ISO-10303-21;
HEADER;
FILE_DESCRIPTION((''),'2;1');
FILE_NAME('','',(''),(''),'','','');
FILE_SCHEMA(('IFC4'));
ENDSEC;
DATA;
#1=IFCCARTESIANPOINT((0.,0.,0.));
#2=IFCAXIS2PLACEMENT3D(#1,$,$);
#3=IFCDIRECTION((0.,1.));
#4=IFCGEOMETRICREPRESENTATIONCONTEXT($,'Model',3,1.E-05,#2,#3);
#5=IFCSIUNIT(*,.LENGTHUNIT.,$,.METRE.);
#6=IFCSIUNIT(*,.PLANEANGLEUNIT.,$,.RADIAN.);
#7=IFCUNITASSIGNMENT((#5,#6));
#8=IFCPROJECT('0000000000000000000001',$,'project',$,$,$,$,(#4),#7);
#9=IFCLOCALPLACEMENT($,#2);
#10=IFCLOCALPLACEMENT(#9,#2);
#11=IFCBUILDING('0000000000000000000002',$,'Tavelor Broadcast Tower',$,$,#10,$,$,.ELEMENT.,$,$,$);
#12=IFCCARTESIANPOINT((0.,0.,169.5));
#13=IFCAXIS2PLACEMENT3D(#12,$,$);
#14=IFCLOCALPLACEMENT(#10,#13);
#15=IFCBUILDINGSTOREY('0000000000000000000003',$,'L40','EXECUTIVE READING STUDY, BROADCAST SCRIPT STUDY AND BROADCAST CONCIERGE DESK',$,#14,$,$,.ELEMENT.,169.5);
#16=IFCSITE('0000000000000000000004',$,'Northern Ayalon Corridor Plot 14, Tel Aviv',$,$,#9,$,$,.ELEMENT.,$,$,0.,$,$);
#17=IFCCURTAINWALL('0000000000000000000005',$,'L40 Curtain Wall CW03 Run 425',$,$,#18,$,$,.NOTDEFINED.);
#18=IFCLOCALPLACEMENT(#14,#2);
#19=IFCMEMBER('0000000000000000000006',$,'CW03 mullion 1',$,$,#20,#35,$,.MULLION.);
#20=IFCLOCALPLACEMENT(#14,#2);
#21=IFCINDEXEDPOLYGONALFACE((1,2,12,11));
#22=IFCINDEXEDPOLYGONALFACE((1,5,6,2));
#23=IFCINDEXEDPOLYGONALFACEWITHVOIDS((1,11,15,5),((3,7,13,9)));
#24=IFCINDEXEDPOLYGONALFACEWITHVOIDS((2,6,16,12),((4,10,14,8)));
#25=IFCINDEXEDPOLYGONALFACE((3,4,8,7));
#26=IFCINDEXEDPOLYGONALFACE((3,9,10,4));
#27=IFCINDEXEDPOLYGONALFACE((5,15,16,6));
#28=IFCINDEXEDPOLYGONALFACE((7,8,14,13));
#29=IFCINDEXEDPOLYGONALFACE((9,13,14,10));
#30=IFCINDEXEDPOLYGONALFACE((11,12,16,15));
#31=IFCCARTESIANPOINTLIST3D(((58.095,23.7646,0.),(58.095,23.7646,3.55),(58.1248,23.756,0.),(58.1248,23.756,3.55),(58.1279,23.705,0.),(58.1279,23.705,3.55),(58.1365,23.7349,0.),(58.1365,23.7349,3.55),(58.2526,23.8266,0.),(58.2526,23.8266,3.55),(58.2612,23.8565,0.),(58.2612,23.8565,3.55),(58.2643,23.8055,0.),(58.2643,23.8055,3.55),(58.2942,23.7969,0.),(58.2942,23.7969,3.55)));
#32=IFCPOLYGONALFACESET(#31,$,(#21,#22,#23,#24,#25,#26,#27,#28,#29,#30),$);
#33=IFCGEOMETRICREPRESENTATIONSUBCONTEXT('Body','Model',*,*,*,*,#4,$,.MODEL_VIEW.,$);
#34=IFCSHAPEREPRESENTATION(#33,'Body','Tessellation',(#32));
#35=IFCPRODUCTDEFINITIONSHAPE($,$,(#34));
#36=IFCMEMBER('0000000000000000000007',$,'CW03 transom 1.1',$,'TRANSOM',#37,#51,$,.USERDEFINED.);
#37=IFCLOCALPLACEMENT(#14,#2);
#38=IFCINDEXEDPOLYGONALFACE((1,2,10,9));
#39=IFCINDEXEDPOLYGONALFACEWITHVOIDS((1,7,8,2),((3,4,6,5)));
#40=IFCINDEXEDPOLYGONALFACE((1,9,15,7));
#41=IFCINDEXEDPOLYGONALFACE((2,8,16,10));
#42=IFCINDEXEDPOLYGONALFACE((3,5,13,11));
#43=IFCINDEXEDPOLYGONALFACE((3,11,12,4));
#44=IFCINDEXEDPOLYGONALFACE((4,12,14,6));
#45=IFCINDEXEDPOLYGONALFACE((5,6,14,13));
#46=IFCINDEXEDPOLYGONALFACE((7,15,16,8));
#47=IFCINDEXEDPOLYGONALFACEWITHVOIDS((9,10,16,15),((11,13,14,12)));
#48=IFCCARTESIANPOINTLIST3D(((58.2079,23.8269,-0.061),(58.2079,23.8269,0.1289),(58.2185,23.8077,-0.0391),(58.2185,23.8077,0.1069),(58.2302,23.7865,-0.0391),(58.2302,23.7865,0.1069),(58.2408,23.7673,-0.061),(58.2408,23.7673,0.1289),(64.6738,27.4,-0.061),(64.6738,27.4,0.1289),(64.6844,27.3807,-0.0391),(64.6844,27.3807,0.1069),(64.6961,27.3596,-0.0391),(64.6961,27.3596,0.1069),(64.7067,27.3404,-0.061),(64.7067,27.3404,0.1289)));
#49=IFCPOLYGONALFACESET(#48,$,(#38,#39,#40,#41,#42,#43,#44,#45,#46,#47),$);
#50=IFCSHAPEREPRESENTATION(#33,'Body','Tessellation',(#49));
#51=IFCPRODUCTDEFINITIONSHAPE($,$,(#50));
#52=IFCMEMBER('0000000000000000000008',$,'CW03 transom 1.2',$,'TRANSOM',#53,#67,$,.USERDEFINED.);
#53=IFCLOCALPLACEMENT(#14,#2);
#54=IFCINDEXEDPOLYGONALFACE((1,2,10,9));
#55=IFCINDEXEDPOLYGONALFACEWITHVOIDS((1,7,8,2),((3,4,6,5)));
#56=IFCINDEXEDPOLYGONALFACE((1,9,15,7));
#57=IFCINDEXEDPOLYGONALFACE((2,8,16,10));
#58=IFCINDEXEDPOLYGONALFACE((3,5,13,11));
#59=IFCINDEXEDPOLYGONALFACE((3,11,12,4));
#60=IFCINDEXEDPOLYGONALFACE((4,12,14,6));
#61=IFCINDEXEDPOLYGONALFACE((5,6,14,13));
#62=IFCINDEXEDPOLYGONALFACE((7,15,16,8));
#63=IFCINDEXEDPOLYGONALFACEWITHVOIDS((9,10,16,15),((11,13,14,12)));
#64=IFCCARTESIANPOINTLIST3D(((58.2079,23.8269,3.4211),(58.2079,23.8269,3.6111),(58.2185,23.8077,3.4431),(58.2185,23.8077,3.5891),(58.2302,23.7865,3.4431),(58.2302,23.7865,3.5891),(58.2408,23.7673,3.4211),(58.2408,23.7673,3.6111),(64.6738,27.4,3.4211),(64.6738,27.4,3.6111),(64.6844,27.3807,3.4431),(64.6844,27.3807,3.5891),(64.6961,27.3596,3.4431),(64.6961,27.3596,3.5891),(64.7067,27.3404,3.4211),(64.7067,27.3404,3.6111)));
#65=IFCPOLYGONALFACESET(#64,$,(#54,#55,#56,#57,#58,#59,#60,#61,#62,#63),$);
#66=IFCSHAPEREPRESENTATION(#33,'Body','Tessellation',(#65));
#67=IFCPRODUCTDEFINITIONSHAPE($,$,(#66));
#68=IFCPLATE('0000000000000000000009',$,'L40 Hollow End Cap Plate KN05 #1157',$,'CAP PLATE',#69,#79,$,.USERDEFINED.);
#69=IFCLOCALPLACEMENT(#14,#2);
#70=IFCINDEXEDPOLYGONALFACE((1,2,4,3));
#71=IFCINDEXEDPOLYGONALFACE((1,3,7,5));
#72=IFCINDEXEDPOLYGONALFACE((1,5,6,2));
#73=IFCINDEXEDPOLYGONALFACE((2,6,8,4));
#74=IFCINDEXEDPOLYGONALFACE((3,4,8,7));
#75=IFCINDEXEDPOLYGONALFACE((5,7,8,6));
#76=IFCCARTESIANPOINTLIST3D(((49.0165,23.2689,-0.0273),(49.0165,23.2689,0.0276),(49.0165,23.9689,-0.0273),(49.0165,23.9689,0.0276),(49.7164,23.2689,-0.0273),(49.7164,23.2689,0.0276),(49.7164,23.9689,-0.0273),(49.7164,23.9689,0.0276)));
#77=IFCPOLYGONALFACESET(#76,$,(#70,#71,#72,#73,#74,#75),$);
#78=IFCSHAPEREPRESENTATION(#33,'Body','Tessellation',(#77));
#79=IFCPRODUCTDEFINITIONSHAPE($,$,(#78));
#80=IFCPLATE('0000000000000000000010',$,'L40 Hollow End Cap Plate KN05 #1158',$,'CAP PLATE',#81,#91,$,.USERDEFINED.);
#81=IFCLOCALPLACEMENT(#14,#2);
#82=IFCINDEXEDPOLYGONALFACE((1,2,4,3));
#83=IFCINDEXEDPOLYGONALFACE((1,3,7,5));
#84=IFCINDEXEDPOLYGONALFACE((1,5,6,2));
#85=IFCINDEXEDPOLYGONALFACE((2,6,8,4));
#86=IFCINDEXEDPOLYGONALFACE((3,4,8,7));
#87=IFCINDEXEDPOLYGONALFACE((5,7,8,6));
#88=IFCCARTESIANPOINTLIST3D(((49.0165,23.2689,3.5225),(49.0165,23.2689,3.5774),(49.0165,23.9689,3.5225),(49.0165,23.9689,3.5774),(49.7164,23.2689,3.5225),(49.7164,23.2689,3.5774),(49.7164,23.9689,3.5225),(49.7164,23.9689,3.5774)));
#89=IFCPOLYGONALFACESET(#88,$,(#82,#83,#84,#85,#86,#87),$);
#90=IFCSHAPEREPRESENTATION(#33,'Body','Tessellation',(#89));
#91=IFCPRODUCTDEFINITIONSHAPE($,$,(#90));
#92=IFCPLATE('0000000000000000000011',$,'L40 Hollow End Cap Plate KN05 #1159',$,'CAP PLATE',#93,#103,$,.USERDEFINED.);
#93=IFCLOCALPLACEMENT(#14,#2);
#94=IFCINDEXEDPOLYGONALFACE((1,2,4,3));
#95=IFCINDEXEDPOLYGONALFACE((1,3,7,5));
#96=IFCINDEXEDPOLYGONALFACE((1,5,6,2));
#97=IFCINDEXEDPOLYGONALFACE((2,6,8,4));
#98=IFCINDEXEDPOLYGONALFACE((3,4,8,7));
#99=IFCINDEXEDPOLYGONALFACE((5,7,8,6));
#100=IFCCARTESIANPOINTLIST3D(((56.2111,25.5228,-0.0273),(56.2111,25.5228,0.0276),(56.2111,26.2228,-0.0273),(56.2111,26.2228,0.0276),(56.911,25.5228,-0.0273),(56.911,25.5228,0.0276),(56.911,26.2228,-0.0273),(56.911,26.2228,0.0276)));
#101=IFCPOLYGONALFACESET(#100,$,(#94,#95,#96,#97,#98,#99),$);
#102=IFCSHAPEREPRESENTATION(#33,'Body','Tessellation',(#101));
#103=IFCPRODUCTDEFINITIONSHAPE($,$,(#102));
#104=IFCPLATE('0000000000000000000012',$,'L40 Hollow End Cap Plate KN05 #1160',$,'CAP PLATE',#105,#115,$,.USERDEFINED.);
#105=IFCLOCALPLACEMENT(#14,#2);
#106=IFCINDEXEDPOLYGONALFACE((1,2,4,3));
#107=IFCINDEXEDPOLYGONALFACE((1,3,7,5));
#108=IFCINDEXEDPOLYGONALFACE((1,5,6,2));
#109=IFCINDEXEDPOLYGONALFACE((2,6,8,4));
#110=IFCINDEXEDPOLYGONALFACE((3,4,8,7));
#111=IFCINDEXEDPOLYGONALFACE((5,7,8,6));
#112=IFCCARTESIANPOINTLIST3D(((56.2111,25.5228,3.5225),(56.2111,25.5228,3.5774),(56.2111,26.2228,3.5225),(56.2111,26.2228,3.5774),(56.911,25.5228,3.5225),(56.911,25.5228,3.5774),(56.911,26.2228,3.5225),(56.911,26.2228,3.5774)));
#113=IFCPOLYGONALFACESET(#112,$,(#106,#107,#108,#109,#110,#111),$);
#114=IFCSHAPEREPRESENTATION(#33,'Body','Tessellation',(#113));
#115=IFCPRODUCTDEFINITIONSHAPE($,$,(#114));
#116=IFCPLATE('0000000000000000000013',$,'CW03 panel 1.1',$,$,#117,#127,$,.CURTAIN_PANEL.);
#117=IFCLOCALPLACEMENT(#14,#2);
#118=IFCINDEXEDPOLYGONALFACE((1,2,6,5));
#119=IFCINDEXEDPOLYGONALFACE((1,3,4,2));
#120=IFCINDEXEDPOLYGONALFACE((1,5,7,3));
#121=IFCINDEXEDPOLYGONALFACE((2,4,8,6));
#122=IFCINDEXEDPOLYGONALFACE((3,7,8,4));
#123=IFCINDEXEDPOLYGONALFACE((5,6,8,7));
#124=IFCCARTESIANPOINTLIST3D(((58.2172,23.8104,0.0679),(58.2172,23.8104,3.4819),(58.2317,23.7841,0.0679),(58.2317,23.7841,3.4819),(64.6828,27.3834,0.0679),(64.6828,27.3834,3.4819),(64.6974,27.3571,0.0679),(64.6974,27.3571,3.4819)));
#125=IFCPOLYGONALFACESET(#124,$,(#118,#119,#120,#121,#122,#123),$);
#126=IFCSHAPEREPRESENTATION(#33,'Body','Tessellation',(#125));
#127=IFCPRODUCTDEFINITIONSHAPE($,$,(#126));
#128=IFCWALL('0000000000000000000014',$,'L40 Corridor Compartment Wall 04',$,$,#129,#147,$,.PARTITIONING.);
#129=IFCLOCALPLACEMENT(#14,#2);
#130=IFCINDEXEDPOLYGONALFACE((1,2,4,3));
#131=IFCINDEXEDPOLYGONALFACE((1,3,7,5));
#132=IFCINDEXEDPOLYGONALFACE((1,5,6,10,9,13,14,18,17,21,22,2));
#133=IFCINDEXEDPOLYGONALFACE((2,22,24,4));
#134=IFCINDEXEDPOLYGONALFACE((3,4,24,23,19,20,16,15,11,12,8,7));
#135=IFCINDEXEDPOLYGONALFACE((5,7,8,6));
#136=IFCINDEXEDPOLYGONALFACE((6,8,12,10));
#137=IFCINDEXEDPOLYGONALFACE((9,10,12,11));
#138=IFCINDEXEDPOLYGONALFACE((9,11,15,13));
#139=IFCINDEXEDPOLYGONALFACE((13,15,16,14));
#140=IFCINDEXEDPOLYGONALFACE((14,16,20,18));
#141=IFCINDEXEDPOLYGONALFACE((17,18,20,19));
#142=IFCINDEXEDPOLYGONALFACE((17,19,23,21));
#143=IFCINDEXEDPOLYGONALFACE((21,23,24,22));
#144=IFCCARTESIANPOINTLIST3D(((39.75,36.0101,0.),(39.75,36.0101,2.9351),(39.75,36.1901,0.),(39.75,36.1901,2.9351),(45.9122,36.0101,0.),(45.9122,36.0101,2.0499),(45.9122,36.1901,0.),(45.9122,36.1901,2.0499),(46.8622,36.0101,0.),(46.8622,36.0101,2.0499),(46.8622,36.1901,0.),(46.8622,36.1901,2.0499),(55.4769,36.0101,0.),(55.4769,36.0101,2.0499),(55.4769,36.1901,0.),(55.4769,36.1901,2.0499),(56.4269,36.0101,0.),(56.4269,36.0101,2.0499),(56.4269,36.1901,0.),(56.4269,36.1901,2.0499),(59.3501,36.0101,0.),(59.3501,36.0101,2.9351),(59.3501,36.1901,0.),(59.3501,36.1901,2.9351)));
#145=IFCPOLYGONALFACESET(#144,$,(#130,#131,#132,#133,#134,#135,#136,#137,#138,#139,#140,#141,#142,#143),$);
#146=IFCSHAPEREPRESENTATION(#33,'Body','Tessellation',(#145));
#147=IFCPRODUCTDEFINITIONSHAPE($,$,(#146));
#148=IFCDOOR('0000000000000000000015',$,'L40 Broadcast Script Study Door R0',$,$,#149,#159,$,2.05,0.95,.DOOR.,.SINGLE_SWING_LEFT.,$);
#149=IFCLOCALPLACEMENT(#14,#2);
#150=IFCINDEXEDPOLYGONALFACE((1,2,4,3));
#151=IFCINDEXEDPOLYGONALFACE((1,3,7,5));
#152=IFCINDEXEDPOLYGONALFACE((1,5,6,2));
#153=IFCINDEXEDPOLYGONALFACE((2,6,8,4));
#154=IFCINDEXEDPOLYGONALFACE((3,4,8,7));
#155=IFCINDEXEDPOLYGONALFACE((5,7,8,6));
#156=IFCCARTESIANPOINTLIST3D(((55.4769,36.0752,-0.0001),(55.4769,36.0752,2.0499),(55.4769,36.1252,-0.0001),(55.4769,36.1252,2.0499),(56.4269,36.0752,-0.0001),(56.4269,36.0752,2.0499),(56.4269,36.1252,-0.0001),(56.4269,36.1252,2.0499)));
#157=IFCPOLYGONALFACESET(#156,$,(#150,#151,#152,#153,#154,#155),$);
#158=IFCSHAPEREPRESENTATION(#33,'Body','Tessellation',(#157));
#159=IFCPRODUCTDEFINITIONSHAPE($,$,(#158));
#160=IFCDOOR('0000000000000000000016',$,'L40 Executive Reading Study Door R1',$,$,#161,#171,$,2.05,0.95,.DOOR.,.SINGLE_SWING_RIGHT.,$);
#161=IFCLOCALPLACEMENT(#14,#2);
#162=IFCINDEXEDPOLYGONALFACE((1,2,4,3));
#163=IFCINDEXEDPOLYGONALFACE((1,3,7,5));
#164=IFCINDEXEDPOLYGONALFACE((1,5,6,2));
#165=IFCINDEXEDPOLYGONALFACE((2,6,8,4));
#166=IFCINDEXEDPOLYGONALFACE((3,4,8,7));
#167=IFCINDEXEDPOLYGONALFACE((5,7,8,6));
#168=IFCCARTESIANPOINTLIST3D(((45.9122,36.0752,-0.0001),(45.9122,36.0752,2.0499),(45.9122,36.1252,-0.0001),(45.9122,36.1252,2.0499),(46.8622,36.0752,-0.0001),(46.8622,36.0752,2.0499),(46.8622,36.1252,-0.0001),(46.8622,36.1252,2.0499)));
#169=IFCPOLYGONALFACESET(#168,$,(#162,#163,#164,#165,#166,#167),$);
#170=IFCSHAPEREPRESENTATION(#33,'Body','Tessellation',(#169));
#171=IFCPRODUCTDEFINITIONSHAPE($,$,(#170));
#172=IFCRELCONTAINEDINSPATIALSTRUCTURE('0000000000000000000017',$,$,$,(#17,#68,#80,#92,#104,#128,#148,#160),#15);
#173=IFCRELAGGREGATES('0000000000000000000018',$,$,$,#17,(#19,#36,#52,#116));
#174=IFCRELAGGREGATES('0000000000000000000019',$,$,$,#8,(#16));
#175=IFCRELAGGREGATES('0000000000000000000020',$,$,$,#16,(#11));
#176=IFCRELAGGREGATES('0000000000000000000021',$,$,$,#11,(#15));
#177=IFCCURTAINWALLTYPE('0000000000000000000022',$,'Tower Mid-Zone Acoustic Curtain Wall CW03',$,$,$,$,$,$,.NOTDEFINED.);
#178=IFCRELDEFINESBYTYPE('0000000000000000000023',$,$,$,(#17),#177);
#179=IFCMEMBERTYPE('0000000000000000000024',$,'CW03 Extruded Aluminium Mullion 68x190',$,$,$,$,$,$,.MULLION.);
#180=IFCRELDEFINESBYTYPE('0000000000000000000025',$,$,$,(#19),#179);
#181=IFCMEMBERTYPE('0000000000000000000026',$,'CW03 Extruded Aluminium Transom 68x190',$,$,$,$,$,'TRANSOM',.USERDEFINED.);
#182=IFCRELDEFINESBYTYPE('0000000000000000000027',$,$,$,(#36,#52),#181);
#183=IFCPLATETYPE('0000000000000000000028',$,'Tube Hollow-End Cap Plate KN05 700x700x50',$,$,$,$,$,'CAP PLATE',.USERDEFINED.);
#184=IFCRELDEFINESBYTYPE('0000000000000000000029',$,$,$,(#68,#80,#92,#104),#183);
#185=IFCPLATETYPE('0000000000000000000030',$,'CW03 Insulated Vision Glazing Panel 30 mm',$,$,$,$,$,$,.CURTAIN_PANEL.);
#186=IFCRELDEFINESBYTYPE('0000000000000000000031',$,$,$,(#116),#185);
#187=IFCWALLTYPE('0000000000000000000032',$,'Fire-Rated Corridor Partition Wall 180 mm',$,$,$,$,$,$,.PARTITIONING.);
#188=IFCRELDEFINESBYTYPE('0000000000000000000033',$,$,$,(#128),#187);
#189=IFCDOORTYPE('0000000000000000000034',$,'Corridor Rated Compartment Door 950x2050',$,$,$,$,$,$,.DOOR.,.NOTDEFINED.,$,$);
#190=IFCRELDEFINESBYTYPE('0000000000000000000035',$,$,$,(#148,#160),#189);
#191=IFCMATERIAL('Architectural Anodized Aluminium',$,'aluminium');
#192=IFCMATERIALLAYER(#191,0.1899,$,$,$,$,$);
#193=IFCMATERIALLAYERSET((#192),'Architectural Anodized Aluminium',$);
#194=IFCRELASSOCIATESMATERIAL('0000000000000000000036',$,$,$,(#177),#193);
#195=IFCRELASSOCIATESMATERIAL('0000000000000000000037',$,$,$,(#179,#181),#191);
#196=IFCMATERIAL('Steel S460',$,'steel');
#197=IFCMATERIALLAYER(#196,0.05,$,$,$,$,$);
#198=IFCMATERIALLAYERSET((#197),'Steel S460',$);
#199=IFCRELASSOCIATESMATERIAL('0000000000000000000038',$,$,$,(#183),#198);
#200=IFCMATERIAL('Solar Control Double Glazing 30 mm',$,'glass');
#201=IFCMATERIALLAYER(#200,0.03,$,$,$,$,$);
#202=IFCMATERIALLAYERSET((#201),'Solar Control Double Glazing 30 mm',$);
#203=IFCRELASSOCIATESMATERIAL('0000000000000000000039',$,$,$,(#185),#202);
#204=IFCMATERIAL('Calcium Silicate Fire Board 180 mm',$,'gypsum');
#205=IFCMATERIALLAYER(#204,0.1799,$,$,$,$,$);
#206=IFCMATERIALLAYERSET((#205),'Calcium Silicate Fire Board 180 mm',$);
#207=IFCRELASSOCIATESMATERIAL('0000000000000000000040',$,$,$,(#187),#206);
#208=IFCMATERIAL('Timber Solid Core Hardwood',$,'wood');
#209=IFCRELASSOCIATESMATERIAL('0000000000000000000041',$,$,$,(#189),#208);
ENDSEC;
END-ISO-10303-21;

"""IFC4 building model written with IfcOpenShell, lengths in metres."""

from ifc_helpers import new_model, si_unit, direction, frame, frame_2d, origin, origin_2d, place, context, subcontext, project, spatial, rectangle, hollow_rectangle, extrude, source, transform, mapped, material, layer, layer_set, material_profile, profile_set, type_object, type_shapes, element, fill, aggregate, save


model = new_model("IFC4")

# Units and contexts
model_context = context("Model", 3, precision=1e-05, world=origin(), true_north=direction((0.0, 1.0)))
body_context = subcontext(model_context, "Body", "Model", "MODEL_VIEW")
ifc_project = project(units=[si_unit("LENGTHUNIT", "METRE"), si_unit("PLANEANGLEUNIT", "RADIAN")], contexts=[model_context])

# Site, building, storey
site_placement = place(None, origin())
site = spatial("IfcSite", under=ifc_project, at=site_placement, Name="Northern Ayalon Corridor Plot 14, Tel Aviv", CompositionType="ELEMENT", RefElevation=0.0)
building_placement = place(site_placement, origin())
building = spatial("IfcBuilding", under=site, at=building_placement, Name="Tavelor Broadcast Tower", CompositionType="ELEMENT")
storey_placement = place(building_placement, frame((0.0, 0.0, 169.5)))
storey = spatial("IfcBuildingStorey", under=building, at=storey_placement, Name="L40", Description="EXECUTIVE READING STUDY, BROADCAST SCRIPT STUDY AND BROADCAST CONCIERGE DESK", CompositionType="ELEMENT", Elevation=169.5)

# Shared definitions
ifc_material_1 = material(Name="Steel S460", Category="steel")

# Curtain wall, members
ifc_material_2 = material(Name="Architectural Anodized Aluminium", Category="aluminium")
ifc_layer_1 = layer(ifc_material_2, 0.1899)
ifc_layer_set_1 = layer_set([ifc_layer_1], Name="Architectural Anodized Aluminium")
curtain_wall_type = type_object("IfcCurtainWallType", Name="Tower Mid-Zone Acoustic Curtain Wall CW03", PredefinedType="NOTDEFINED", material=ifc_layer_set_1)
curtain_wall_placement = place(storey_placement, origin())
curtain_wall = element("IfcCurtainWall", 1, at=curtain_wall_placement, inside=storey, type_object=curtain_wall_type, Name="L40 Curtain Wall CW03 Run 425", PredefinedType="NOTDEFINED")
ifc_material_profile_1 = material_profile(ifc_material_2, hollow_rectangle(XDim=0.0681, YDim=0.1899, WallThickness=0.022, at=origin_2d()), Name="RHS 68x190x22")
ifc_profile_set_1 = profile_set([ifc_material_profile_1], Name="Architectural Anodized Aluminium")
member_type_1 = type_object("IfcMemberType", Name="CW03 Extruded Aluminium Mullion 68x190", PredefinedType="MULLION", material=ifc_profile_set_1)
shared_shape_1 = source(origin(), body_context, "Body", "SweptSolid", [
    extrude(hollow_rectangle(XDim=0.0681, YDim=0.1899, WallThickness=0.022, at=origin_2d()), origin(), (0.0, 0.0, 1.0), 3.55),
])
type_shapes(member_type_1, [shared_shape_1])
member_1_placement = place(storey_placement, frame((58.1946, 23.7808, 0.0), z_axis=(0.0, 0.0, 1.0), x_axis=(-0.483669, 0.875251, 0.0)))
member_1 = element("IfcMember", 2, at=member_1_placement, type_object=member_type_1, Name="CW03 mullion 1", PredefinedType="MULLION", context=body_context, shape_type="MappedRepresentation", body=[
    mapped(shared_shape_1, transform((0.0, 0.0, 0.0), scale=1.0)),
])
ifc_material_profile_2 = material_profile(ifc_material_2, hollow_rectangle(XDim=0.0681, YDim=0.1899, WallThickness=0.022, at=origin_2d()), Name="RHS 68x190x22")
ifc_profile_set_2 = profile_set([ifc_material_profile_2], Name="Architectural Anodized Aluminium")
member_type_2 = type_object("IfcMemberType", Name="CW03 Extruded Aluminium Transom 68x190", ElementType="TRANSOM", PredefinedType="USERDEFINED", material=ifc_profile_set_2)
shared_shape_2 = source(origin(), body_context, "Body", "SweptSolid", [
    extrude(hollow_rectangle(XDim=0.0681, YDim=0.1899, WallThickness=0.022, at=origin_2d()), origin(), (0.0, 0.0, 1.0), 7.3875),
])
type_shapes(member_type_2, [shared_shape_2])
member_2_placement = place(storey_placement, frame((58.2244, 23.7971, 0.0339), z_axis=(0.875254, 0.483663, 0.0), x_axis=(-0.483663, 0.875254, 0.0)))
member_2 = element("IfcMember", 3, at=member_2_placement, type_object=member_type_2, Name="CW03 transom 1.1", ObjectType="TRANSOM", PredefinedType="USERDEFINED", context=body_context, shape_type="MappedRepresentation", body=[
    mapped(shared_shape_2, transform((0.0, 0.0, 0.0), scale=1.0)),
])
member_3_placement = place(storey_placement, frame((58.2244, 23.7971, 3.5161), z_axis=(0.875254, 0.483663, 0.0), x_axis=(-0.483663, 0.875254, 0.0)))
member_3 = element("IfcMember", 4, at=member_3_placement, type_object=member_type_2, Name="CW03 transom 1.2", ObjectType="TRANSOM", PredefinedType="USERDEFINED", context=body_context, shape_type="MappedRepresentation", body=[
    mapped(shared_shape_2, transform((0.0, 0.0, 0.0), scale=1.0)),
])

# Plates
ifc_layer_2 = layer(ifc_material_1, 0.05)
ifc_layer_set_2 = layer_set([ifc_layer_2], Name="Steel S460")
plate_type_1 = type_object("IfcPlateType", Name="Tube Hollow-End Cap Plate KN05 700x700x50", ElementType="CAP PLATE", PredefinedType="USERDEFINED", material=ifc_layer_set_2)
shared_shape_3 = source(origin(), body_context, "Body", "SweptSolid", [
    extrude(rectangle(XDim=0.7, YDim=0.7, at=origin_2d()), origin(), (0.0, 0.0, 1.0), 0.0549),
])
type_shapes(plate_type_1, [shared_shape_3])
for number, where, z_axis, x_axis, name in (
    (5, (49.3665, 23.6189, -0.0273), (0.0, 0.0, 1.0), (1.0, 0.0, 0.0), "L40 Hollow End Cap Plate KN05 #1157"),
    (6, (49.3665, 23.6189, 3.5225), (0.0, 0.0, 1.0), (1.0, 0.0, 0.0), "L40 Hollow End Cap Plate KN05 #1158"),
    (7, (56.561, 25.8728, -0.0273), (0.0, 0.0, 1.0), (1.0, 0.0, 0.0), "L40 Hollow End Cap Plate KN05 #1159"),
    (8, (56.561, 25.8728, 3.5225), (0.0, 0.0, 1.0), (1.0, 0.0, 0.0), "L40 Hollow End Cap Plate KN05 #1160"),
):
    element("IfcPlate", number, at=place(storey_placement, frame(where, z_axis=z_axis, x_axis=x_axis)), inside=storey, type_object=plate_type_1, Name=name, ObjectType="CAP PLATE", PredefinedType="USERDEFINED", context=body_context, shape_type="MappedRepresentation", body=[
        mapped(shared_shape_3, transform((0.0, 0.0, 0.0), scale=1.0)),
    ])

# Plate
ifc_material_3 = material(Name="Solar Control Double Glazing 30 mm", Category="glass")
ifc_layer_3 = layer(ifc_material_3, 0.03)
ifc_layer_set_3 = layer_set([ifc_layer_3], Name="Solar Control Double Glazing 30 mm")
plate_type_2 = type_object("IfcPlateType", Name="CW03 Insulated Vision Glazing Panel 30 mm", PredefinedType="CURTAIN_PANEL", material=ifc_layer_set_3)
shared_shape_4 = source(origin(), body_context, "Body", "SweptSolid", [
    extrude(rectangle(XDim=7.3872, YDim=0.03, at=origin_2d()), origin(), (0.0, 0.0, 1.0), 3.4141),
])
type_shapes(plate_type_2, [shared_shape_4])
plate_placement = place(storey_placement, frame((61.4573, 25.5837, 0.0679), z_axis=(0.0, 0.0, 1.0), x_axis=(0.875251, 0.483669, 0.0)))
plate = element("IfcPlate", 9, at=plate_placement, type_object=plate_type_2, Name="CW03 panel 1.1", PredefinedType="CURTAIN_PANEL", context=body_context, shape_type="MappedRepresentation", body=[
    mapped(shared_shape_4, transform((0.0, 0.0, 0.0), scale=1.0)),
])
aggregate(curtain_wall, [member_1, member_2, member_3, plate])

# Wall, openings, doors
ifc_material_4 = material(Name="Calcium Silicate Fire Board 180 mm", Category="gypsum")
ifc_layer_4 = layer(ifc_material_4, 0.1799)
ifc_layer_set_4 = layer_set([ifc_layer_4], Name="Calcium Silicate Fire Board 180 mm")
wall_type_1 = type_object("IfcWallType", Name="Fire-Rated Corridor Partition Wall 180 mm", PredefinedType="PARTITIONING", material=ifc_layer_set_4)
wall_1_placement = place(storey_placement, frame((59.3501, 36.1001, 0.0), z_axis=(0.0, 0.0, 1.0), x_axis=(-1.0, 0.0, 0.0)))
wall_1 = element("IfcWall", 10, at=wall_1_placement, inside=storey, type_object=wall_type_1, Name="L40 Corridor Compartment Wall 04", PredefinedType="PARTITIONING", context=body_context, shape_type="SweptSolid", body=[
    extrude(rectangle(XDim=19.6001, YDim=0.1799, at=frame_2d((9.8, 0.0))), origin(), (0.0, 0.0, 1.0), 2.9351),
])
opening_1_placement = place(wall_1_placement, frame((2.9231, 0.0, 0.0)))
opening_1 = element("IfcOpeningElement", 11, at=opening_1_placement, cuts=wall_1, PredefinedType="OPENING", context=body_context, shape_type="SweptSolid", body=[
    extrude(rectangle(XDim=0.95, YDim=2.05, at=frame_2d((0.4751, 1.0249))), frame((0.0, 0.1001, 0.0), z_axis=(0.0, -1.0, 0.0), x_axis=(1.0, 0.0, 0.0)), (0.0, 0.0, 1.0), 0.2),
])
opening_2_placement = place(wall_1_placement, frame((12.4878, 0.0, 0.0)))
opening_2 = element("IfcOpeningElement", 12, at=opening_2_placement, cuts=wall_1, PredefinedType="OPENING", context=body_context, shape_type="SweptSolid", body=[
    extrude(rectangle(XDim=0.95, YDim=2.05, at=frame_2d((0.4751, 1.0249))), frame((0.0, 0.1001, 0.0), z_axis=(0.0, -1.0, 0.0), x_axis=(1.0, 0.0, 0.0)), (0.0, 0.0, 1.0), 0.2),
])
ifc_material_5 = material(Name="Timber Solid Core Hardwood", Category="wood")
door_type = type_object("IfcDoorType", Name="Corridor Rated Compartment Door 950x2050", OperationType="NOTDEFINED", PredefinedType="DOOR", material=ifc_material_5)
door_1_placement = place(opening_1_placement, origin())
door_1 = element("IfcDoor", 13, at=door_1_placement, inside=storey, type_object=door_type, Name="L40 Broadcast Script Study Door R0", OperationType="SINGLE_SWING_LEFT", OverallHeight=2.05, OverallWidth=0.95, PredefinedType="DOOR", context=body_context, shape_type="SweptSolid", body=[
    extrude(rectangle(XDim=0.95, YDim=2.05, at=frame_2d((0.4751, 1.0249))), frame((0.0, 0.0249, 0.0), z_axis=(0.0, -1.0, 0.0), x_axis=(1.0, 0.0, 0.0)), (0.0, 0.0, 1.0), 0.05),
])
fill(opening_1, door_1)
door_2_placement = place(opening_2_placement, origin())
door_2 = element("IfcDoor", 14, at=door_2_placement, inside=storey, type_object=door_type, Name="L40 Executive Reading Study Door R1", OperationType="SINGLE_SWING_RIGHT", OverallHeight=2.05, OverallWidth=0.95, PredefinedType="DOOR", context=body_context, shape_type="SweptSolid", body=[
    extrude(rectangle(XDim=0.95, YDim=2.05, at=frame_2d((0.4751, 1.0249))), frame((0.0, 0.0249, 0.0), z_axis=(0.0, -1.0, 0.0), x_axis=(1.0, 0.0, 0.0)), (0.0, 0.0, 1.0), 0.05),
])
fill(opening_2, door_2)

save(model, "model.ifc")
